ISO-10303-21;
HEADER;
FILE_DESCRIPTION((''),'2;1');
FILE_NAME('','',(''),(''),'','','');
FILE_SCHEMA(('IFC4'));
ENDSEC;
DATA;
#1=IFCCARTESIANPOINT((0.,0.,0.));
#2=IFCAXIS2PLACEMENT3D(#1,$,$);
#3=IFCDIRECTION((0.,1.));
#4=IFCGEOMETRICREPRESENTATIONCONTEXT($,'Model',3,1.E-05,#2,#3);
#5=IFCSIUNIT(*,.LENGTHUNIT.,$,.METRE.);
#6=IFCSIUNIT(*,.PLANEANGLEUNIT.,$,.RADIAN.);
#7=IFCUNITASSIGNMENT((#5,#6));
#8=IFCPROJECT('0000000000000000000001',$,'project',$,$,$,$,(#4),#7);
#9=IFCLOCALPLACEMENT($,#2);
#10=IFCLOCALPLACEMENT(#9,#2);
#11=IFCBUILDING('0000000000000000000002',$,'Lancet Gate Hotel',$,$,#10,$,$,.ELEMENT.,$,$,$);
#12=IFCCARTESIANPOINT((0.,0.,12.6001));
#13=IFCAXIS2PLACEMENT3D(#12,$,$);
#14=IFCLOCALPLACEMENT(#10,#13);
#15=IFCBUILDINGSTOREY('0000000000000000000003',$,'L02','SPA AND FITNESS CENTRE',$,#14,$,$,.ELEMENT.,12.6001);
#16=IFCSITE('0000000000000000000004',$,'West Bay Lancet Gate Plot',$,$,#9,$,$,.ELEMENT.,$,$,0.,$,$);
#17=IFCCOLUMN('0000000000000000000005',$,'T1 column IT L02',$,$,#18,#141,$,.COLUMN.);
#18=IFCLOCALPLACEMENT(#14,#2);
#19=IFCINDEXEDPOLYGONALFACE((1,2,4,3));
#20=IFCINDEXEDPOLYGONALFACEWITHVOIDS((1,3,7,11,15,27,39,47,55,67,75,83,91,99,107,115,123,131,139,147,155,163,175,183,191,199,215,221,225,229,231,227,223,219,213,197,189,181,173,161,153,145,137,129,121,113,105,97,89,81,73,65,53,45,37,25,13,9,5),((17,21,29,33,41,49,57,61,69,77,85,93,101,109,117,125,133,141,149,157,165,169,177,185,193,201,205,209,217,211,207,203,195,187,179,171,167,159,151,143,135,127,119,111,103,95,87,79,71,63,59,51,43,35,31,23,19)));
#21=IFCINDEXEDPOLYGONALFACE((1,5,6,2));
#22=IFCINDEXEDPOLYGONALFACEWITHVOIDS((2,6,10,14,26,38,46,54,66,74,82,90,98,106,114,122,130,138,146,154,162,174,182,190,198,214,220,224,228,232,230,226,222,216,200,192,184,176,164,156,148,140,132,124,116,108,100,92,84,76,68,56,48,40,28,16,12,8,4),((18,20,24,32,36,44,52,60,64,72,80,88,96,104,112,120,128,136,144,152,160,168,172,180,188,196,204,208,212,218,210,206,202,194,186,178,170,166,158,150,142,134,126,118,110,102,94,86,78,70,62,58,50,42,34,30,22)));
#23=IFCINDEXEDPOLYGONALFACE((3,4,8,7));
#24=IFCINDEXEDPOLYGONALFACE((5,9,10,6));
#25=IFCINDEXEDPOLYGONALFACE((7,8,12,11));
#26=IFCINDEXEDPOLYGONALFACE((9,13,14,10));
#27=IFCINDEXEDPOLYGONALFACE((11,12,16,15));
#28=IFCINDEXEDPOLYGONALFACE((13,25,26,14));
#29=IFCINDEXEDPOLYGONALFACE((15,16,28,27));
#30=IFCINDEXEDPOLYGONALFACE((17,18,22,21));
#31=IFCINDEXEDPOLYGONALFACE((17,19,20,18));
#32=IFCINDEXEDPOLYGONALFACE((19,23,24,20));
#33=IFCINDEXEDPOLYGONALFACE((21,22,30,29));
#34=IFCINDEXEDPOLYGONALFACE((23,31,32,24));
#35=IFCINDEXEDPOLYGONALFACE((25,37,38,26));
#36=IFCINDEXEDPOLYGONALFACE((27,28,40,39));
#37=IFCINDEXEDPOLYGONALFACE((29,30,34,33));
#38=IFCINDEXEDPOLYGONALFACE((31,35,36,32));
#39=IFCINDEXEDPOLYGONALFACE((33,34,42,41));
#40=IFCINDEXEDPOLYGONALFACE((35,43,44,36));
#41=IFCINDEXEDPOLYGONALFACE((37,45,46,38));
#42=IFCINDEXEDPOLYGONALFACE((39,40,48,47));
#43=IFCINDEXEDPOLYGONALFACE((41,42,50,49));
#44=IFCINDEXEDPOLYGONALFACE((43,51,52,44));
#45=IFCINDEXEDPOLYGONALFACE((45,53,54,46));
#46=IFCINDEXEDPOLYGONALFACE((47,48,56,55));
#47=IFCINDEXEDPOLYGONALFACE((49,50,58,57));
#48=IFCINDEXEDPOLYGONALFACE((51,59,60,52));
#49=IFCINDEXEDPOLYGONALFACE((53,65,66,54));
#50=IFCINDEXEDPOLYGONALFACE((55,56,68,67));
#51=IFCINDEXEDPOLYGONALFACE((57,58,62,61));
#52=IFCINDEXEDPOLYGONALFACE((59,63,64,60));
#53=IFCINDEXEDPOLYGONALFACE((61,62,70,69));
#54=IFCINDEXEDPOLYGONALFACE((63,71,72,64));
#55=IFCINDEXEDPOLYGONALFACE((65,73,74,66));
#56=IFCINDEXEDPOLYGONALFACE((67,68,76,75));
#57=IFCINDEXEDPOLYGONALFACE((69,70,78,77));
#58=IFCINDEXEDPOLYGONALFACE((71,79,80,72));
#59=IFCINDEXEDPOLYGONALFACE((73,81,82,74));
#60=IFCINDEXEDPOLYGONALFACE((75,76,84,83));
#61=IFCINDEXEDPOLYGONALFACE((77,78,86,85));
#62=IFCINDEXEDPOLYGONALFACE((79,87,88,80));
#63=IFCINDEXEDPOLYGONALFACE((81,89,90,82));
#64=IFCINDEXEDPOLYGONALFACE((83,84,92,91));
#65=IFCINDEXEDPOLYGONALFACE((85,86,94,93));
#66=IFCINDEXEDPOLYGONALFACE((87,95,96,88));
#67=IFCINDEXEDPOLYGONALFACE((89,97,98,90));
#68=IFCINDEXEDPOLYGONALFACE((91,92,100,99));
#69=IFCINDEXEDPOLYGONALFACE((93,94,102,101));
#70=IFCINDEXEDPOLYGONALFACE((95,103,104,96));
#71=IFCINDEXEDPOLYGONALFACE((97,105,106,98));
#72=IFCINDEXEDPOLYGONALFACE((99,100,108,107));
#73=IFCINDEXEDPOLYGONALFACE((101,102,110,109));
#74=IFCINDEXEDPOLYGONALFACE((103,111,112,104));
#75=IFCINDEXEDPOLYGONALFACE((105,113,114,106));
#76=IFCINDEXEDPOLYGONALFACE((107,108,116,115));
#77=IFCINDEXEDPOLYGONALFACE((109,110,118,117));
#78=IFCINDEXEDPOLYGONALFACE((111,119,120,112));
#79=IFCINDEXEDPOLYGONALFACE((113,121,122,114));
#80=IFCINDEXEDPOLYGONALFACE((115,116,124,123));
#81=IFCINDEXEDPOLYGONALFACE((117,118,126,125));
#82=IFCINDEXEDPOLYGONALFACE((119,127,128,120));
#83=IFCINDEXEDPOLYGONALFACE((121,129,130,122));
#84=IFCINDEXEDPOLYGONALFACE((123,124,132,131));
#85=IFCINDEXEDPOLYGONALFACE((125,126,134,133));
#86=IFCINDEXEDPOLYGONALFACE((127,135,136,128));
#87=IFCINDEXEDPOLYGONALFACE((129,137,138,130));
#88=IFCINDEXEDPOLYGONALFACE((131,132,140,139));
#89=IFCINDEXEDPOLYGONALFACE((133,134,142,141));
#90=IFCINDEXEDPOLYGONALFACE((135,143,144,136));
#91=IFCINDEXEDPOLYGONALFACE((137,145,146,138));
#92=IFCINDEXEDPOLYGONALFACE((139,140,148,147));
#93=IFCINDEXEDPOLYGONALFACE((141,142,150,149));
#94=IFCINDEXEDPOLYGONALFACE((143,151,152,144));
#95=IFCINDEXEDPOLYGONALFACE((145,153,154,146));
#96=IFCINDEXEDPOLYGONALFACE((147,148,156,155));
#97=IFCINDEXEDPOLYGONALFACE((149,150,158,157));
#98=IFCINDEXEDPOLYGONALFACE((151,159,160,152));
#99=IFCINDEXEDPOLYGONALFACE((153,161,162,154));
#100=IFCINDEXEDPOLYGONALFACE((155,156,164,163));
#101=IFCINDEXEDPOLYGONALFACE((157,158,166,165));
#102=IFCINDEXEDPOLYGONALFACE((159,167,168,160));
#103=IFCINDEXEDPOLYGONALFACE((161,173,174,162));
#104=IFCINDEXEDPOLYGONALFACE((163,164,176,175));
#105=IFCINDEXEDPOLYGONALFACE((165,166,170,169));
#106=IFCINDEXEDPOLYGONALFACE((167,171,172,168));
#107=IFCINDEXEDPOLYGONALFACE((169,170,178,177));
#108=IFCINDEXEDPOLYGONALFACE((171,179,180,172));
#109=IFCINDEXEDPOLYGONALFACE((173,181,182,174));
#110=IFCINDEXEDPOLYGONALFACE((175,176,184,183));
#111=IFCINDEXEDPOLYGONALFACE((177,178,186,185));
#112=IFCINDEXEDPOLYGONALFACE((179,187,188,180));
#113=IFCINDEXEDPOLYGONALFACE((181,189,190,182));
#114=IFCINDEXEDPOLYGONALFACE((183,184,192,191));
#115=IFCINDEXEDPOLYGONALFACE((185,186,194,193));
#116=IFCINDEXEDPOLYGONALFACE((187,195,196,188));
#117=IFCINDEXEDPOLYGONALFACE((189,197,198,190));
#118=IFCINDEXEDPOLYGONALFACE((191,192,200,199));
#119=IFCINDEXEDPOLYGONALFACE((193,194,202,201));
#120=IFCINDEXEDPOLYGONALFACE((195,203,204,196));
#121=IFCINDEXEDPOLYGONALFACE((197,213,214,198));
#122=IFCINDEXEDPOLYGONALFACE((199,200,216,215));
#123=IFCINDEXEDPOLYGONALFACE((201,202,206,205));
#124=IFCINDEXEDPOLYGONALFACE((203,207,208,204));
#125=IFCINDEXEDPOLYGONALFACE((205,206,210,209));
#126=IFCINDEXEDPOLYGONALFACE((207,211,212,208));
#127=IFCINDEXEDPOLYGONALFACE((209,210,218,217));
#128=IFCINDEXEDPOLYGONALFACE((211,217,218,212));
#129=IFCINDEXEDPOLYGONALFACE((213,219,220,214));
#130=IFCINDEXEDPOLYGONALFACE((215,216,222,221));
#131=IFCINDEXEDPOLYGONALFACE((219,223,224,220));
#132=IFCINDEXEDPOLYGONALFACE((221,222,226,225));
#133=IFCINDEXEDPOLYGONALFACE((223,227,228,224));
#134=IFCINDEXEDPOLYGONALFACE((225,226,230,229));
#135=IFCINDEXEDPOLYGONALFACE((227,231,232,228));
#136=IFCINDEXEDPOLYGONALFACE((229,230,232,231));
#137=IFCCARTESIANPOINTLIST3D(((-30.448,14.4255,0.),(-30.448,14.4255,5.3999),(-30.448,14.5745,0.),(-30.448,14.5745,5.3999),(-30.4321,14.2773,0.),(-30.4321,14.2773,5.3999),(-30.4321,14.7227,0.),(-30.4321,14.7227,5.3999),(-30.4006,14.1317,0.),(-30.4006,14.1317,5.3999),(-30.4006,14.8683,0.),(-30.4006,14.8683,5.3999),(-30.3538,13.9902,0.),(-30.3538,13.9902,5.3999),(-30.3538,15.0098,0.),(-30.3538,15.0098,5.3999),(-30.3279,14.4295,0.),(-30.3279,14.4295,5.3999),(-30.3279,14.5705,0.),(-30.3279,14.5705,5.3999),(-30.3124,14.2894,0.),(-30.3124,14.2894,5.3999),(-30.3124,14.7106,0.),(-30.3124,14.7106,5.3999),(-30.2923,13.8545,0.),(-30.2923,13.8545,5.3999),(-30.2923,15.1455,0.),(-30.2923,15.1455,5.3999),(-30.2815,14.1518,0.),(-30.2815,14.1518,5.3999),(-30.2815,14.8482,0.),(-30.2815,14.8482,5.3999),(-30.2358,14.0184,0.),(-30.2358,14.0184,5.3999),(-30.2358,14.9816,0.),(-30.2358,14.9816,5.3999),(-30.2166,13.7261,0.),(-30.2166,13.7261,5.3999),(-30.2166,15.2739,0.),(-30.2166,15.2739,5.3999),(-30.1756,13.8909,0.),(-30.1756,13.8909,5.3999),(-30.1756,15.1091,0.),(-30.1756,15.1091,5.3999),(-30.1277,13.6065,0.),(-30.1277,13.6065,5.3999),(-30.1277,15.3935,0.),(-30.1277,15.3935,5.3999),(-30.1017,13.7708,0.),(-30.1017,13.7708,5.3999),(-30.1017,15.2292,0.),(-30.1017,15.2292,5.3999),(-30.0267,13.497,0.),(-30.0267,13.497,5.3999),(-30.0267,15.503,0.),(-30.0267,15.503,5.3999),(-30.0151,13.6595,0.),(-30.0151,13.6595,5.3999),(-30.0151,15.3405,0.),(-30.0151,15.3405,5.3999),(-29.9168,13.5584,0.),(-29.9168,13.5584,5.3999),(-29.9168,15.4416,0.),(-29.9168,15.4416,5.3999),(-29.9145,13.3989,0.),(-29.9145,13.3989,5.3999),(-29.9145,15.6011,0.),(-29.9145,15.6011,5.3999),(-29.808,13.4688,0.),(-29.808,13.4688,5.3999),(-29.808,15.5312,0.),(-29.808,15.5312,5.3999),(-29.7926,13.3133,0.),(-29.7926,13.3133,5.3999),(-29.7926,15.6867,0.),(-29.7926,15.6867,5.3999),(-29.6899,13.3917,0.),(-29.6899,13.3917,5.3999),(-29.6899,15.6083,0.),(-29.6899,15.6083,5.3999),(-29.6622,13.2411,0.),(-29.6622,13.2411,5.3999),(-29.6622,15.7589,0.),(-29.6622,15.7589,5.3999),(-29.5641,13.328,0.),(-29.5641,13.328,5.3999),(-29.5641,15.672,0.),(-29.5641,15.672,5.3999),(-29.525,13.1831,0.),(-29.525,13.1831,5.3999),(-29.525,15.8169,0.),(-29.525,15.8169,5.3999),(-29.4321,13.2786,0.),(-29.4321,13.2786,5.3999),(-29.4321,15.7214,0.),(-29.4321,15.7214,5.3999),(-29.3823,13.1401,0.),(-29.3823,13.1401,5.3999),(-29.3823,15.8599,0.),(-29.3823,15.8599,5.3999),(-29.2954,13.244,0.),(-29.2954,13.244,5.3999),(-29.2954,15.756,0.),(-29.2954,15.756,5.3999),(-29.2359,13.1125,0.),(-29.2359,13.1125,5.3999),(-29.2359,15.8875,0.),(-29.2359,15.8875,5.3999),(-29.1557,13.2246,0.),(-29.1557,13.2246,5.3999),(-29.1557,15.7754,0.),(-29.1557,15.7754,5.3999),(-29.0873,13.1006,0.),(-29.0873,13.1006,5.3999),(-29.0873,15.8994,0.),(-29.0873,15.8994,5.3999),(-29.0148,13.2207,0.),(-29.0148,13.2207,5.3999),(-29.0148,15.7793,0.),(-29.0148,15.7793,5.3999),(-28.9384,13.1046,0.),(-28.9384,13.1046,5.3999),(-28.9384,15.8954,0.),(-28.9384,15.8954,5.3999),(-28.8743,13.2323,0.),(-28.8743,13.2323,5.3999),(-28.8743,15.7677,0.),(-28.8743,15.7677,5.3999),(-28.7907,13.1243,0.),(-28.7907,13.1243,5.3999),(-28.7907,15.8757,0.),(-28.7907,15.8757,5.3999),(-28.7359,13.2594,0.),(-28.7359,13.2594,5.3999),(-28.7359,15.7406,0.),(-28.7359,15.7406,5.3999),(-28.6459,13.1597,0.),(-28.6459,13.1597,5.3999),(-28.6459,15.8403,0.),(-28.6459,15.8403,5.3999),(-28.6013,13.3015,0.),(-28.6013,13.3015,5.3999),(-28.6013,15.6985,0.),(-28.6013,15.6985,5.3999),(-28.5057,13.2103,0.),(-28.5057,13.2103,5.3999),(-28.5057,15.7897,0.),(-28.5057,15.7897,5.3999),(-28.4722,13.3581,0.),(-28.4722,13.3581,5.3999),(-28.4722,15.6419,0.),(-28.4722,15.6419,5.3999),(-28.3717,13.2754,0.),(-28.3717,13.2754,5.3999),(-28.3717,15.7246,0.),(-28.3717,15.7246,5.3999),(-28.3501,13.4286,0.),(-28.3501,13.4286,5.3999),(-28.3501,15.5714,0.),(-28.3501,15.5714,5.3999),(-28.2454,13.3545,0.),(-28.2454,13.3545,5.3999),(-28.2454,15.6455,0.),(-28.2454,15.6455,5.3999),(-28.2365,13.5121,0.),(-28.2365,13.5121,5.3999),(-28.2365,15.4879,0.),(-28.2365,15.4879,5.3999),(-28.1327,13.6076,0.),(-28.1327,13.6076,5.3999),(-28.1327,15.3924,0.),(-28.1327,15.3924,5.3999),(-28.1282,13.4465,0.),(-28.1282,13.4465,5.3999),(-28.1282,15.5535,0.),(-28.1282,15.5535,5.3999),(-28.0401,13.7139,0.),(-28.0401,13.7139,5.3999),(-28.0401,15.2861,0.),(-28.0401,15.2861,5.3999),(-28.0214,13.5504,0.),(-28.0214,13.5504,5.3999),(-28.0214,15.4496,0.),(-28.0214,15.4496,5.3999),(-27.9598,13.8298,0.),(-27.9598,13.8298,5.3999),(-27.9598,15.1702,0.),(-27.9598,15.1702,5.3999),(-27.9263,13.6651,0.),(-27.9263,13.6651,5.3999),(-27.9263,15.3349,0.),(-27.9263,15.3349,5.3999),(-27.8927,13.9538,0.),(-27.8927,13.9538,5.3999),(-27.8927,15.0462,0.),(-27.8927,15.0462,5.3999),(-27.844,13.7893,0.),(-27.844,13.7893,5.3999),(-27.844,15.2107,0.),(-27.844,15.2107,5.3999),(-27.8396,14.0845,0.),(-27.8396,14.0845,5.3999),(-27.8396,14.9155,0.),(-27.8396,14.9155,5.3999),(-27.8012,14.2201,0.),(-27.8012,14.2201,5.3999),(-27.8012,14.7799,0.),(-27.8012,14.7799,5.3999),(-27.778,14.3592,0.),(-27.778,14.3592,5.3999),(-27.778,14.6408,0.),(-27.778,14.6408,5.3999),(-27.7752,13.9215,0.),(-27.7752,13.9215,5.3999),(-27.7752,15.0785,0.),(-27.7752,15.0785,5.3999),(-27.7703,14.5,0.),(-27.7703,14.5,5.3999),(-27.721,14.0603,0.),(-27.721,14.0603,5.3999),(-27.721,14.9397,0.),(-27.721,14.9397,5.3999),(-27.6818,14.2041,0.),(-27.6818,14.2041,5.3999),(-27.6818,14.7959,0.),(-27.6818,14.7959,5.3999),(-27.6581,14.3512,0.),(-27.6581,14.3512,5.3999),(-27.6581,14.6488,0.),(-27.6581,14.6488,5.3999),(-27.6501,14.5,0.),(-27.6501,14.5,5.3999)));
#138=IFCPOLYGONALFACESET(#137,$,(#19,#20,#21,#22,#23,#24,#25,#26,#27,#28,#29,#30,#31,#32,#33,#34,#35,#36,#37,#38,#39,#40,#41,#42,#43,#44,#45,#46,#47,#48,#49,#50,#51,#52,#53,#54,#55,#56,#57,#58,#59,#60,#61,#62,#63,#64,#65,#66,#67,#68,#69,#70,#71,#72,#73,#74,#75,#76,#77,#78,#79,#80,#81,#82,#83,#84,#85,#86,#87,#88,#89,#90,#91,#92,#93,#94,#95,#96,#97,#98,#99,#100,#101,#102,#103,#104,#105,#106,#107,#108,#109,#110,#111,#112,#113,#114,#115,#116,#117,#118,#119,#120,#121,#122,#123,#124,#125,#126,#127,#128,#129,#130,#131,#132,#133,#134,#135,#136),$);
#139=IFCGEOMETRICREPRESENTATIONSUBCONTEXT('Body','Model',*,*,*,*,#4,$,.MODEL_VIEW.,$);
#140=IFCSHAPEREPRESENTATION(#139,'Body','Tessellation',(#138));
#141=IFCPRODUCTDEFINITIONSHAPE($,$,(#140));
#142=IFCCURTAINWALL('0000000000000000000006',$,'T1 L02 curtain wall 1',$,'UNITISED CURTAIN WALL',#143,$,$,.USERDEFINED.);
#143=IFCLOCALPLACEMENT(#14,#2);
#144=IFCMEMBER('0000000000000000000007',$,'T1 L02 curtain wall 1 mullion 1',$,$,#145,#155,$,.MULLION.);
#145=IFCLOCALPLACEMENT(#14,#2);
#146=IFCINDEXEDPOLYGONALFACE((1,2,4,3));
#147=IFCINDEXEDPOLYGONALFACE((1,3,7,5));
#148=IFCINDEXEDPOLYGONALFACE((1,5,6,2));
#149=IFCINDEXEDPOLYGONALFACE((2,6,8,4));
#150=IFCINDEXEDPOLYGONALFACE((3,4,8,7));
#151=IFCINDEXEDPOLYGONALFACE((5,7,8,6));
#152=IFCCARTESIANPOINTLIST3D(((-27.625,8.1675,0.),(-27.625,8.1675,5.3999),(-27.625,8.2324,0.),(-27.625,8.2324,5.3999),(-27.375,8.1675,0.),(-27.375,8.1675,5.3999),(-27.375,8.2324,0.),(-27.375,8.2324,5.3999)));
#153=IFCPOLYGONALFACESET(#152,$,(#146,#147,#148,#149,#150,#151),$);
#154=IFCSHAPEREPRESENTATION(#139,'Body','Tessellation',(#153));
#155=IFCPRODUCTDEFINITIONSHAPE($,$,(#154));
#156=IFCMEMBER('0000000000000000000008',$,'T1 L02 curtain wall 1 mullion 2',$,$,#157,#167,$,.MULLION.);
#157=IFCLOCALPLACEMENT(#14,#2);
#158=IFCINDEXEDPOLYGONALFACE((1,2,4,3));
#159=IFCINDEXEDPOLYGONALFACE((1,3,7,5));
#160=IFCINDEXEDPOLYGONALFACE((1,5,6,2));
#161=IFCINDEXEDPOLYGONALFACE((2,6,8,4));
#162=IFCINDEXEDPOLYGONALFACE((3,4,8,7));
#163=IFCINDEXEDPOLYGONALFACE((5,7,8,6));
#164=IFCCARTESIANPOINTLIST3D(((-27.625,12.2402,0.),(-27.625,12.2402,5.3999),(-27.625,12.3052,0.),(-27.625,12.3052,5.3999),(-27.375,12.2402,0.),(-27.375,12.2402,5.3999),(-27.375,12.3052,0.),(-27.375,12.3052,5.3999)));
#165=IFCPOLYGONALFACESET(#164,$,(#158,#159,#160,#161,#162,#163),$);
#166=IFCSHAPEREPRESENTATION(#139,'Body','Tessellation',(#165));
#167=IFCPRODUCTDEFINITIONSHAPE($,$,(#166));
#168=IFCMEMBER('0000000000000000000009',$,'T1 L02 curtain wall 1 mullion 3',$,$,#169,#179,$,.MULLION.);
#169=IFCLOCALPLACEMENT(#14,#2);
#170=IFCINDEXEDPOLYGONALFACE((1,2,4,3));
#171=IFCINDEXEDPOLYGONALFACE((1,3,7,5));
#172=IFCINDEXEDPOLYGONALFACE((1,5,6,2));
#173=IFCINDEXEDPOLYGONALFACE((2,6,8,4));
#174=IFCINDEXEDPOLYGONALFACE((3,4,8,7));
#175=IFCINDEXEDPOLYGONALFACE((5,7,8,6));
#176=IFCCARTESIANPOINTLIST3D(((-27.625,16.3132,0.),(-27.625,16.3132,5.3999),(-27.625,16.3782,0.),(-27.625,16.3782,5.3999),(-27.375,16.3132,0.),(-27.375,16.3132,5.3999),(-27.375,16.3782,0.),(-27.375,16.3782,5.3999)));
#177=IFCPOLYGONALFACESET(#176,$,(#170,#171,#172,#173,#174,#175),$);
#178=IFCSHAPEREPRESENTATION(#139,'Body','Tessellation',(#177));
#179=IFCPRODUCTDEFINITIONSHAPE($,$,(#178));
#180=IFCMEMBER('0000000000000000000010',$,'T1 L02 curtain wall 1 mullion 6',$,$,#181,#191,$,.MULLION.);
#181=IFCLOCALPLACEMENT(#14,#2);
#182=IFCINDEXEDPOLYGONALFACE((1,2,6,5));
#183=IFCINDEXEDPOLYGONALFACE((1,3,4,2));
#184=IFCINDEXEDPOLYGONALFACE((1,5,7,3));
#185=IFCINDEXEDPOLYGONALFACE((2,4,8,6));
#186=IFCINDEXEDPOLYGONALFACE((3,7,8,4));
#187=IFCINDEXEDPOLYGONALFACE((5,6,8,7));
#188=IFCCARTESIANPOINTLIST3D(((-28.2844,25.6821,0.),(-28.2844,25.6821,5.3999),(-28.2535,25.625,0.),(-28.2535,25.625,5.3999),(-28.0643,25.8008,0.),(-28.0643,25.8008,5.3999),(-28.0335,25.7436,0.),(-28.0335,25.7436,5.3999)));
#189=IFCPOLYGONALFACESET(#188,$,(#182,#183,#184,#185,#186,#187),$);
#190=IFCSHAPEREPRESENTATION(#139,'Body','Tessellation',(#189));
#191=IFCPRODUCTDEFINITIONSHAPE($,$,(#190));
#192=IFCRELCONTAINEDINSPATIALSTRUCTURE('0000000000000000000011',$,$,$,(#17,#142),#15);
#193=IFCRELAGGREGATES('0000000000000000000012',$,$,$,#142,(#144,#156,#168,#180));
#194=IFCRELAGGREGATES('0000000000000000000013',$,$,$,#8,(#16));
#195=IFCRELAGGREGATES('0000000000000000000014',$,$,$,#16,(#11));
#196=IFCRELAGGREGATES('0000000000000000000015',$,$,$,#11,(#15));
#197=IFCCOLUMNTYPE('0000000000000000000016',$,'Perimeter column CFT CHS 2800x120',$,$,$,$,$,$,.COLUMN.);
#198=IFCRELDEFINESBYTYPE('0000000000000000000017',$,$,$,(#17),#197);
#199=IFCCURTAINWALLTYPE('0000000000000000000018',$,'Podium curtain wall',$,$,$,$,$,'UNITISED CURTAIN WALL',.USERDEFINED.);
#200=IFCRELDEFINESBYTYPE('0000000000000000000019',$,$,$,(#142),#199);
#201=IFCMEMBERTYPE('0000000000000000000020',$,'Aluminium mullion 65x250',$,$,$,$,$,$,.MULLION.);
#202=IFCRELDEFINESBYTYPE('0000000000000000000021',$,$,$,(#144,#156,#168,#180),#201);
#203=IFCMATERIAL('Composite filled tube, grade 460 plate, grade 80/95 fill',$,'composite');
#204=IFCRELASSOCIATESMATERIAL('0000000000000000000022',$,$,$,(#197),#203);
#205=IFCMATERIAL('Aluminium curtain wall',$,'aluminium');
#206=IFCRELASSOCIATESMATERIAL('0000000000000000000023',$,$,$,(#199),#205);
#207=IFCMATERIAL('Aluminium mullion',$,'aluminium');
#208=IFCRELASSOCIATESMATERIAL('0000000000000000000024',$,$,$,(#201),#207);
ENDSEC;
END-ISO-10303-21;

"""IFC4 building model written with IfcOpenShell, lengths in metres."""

from ifc_helpers import new_model, si_unit, direction, frame, origin, origin_2d, place, context, subcontext, project, spatial, rectangle, hollow_circle, extrude, material, material_profile, profile_set, type_object, element, aggregate, save


model = new_model("IFC4")

# Units and contexts
model_context = context("Model", 3, precision=1e-05, world=origin(), true_north=direction((0.0, 1.0)))
body_context = subcontext(model_context, "Body", "Model", "MODEL_VIEW")
ifc_project = project(units=[si_unit("LENGTHUNIT", "METRE"), si_unit("PLANEANGLEUNIT", "RADIAN")], contexts=[model_context])

# Site, building, storey
site_placement = place(None, origin())
site = spatial("IfcSite", under=ifc_project, at=site_placement, Name="West Bay Lancet Gate Plot", CompositionType="ELEMENT", RefElevation=0.0)
building_placement = place(site_placement, origin())
building = spatial("IfcBuilding", under=site, at=building_placement, Name="Lancet Gate Hotel", CompositionType="ELEMENT")
storey_placement = place(building_placement, frame((0.0, 0.0, 12.6001)))
storey = spatial("IfcBuildingStorey", under=building, at=storey_placement, Name="L02", Description="SPA AND FITNESS CENTRE", CompositionType="ELEMENT", Elevation=12.6001)

# Column
ifc_material_1 = material(Name="Composite filled tube, grade 460 plate, grade 80/95 fill", Category="composite")
ifc_material_profile_1 = material_profile(ifc_material_1, hollow_circle(Radius=1.3999, WallThickness=0.1201, at=origin_2d()), Name="CHS 2800x120")
ifc_profile_set_1 = profile_set([ifc_material_profile_1], Name="Composite filled tube, grade 460 plate, grade 80/95 fill")
column_type = type_object("IfcColumnType", Name="Perimeter column CFT CHS 2800x120", PredefinedType="COLUMN", material=ifc_profile_set_1)
column_placement = place(storey_placement, frame((-29.05, 14.5, 0.0), z_axis=(0.0, 0.0, 1.0), x_axis=(1.0, 0.0, 0.0)))
element("IfcColumn", 1, at=column_placement, inside=storey, type_object=column_type, Name="T1 column IT L02", PredefinedType="COLUMN", context=body_context, shape_type="SweptSolid", body=[
    extrude(hollow_circle(Radius=1.3999, WallThickness=0.1201, at=origin_2d()), origin(), (0.0, 0.0, 1.0), 5.3999),
])

# Curtain wall, members
ifc_material_2 = material(Name="Aluminium curtain wall", Category="aluminium")
curtain_wall_type = type_object("IfcCurtainWallType", Name="Podium curtain wall", ElementType="UNITISED CURTAIN WALL", PredefinedType="USERDEFINED", material=ifc_material_2)
curtain_wall_placement = place(storey_placement, origin())
curtain_wall = element("IfcCurtainWall", 2, at=curtain_wall_placement, inside=storey, type_object=curtain_wall_type, Name="T1 L02 curtain wall 1", ObjectType="UNITISED CURTAIN WALL", PredefinedType="USERDEFINED")
ifc_material_3 = material(Name="Aluminium mullion", Category="aluminium")
ifc_material_profile_2 = material_profile(ifc_material_3, rectangle(XDim=0.0649, YDim=0.25, at=origin_2d()), Name="MULLION 65x250")
ifc_profile_set_2 = profile_set([ifc_material_profile_2], Name="Aluminium mullion")
member_type_1 = type_object("IfcMemberType", Name="Aluminium mullion 65x250", PredefinedType="MULLION", material=ifc_profile_set_2)
member_1_placement = place(storey_placement, frame((-27.5, 8.2, 0.0), z_axis=(0.0, 0.0, 1.0), x_axis=(0.0, 1.0, 0.0)))
member_1 = element("IfcMember", 3, at=member_1_placement, type_object=member_type_1, Name="T1 L02 curtain wall 1 mullion 1", PredefinedType="MULLION", context=body_context, shape_type="SweptSolid", body=[
    extrude(rectangle(XDim=0.0649, YDim=0.25, at=origin_2d()), origin(), (0.0, 0.0, 1.0), 5.3999),
])
member_2_placement = place(storey_placement, frame((-27.5, 12.2727, 0.0), z_axis=(0.0, 0.0, 1.0), x_axis=(0.0, 1.0, 0.0)))
member_2 = element("IfcMember", 4, at=member_2_placement, type_object=member_type_1, Name="T1 L02 curtain wall 1 mullion 2", PredefinedType="MULLION", context=body_context, shape_type="SweptSolid", body=[
    extrude(rectangle(XDim=0.0649, YDim=0.25, at=origin_2d()), origin(), (0.0, 0.0, 1.0), 5.3999),
])
member_3_placement = place(storey_placement, frame((-27.5, 16.3457, 0.0), z_axis=(0.0, 0.0, 1.0), x_axis=(0.0, 1.0, 0.0)))
member_3 = element("IfcMember", 5, at=member_3_placement, type_object=member_type_1, Name="T1 L02 curtain wall 1 mullion 3", PredefinedType="MULLION", context=body_context, shape_type="SweptSolid", body=[
    extrude(rectangle(XDim=0.0649, YDim=0.25, at=origin_2d()), origin(), (0.0, 0.0, 1.0), 5.3999),
])
member_4_placement = place(storey_placement, frame((-28.1589, 25.7129, 0.0), z_axis=(0.0, 0.0, 1.0), x_axis=(-0.474631, 0.880185, 0.0)))
member_4 = element("IfcMember", 6, at=member_4_placement, type_object=member_type_1, Name="T1 L02 curtain wall 1 mullion 6", PredefinedType="MULLION", context=body_context, shape_type="SweptSolid", body=[
    extrude(rectangle(XDim=0.0649, YDim=0.25, at=origin_2d()), origin(), (0.0, 0.0, 1.0), 5.3999),
])

aggregate(curtain_wall, [member_1, member_2, member_3, member_4])

save(model, "model.ifc")
